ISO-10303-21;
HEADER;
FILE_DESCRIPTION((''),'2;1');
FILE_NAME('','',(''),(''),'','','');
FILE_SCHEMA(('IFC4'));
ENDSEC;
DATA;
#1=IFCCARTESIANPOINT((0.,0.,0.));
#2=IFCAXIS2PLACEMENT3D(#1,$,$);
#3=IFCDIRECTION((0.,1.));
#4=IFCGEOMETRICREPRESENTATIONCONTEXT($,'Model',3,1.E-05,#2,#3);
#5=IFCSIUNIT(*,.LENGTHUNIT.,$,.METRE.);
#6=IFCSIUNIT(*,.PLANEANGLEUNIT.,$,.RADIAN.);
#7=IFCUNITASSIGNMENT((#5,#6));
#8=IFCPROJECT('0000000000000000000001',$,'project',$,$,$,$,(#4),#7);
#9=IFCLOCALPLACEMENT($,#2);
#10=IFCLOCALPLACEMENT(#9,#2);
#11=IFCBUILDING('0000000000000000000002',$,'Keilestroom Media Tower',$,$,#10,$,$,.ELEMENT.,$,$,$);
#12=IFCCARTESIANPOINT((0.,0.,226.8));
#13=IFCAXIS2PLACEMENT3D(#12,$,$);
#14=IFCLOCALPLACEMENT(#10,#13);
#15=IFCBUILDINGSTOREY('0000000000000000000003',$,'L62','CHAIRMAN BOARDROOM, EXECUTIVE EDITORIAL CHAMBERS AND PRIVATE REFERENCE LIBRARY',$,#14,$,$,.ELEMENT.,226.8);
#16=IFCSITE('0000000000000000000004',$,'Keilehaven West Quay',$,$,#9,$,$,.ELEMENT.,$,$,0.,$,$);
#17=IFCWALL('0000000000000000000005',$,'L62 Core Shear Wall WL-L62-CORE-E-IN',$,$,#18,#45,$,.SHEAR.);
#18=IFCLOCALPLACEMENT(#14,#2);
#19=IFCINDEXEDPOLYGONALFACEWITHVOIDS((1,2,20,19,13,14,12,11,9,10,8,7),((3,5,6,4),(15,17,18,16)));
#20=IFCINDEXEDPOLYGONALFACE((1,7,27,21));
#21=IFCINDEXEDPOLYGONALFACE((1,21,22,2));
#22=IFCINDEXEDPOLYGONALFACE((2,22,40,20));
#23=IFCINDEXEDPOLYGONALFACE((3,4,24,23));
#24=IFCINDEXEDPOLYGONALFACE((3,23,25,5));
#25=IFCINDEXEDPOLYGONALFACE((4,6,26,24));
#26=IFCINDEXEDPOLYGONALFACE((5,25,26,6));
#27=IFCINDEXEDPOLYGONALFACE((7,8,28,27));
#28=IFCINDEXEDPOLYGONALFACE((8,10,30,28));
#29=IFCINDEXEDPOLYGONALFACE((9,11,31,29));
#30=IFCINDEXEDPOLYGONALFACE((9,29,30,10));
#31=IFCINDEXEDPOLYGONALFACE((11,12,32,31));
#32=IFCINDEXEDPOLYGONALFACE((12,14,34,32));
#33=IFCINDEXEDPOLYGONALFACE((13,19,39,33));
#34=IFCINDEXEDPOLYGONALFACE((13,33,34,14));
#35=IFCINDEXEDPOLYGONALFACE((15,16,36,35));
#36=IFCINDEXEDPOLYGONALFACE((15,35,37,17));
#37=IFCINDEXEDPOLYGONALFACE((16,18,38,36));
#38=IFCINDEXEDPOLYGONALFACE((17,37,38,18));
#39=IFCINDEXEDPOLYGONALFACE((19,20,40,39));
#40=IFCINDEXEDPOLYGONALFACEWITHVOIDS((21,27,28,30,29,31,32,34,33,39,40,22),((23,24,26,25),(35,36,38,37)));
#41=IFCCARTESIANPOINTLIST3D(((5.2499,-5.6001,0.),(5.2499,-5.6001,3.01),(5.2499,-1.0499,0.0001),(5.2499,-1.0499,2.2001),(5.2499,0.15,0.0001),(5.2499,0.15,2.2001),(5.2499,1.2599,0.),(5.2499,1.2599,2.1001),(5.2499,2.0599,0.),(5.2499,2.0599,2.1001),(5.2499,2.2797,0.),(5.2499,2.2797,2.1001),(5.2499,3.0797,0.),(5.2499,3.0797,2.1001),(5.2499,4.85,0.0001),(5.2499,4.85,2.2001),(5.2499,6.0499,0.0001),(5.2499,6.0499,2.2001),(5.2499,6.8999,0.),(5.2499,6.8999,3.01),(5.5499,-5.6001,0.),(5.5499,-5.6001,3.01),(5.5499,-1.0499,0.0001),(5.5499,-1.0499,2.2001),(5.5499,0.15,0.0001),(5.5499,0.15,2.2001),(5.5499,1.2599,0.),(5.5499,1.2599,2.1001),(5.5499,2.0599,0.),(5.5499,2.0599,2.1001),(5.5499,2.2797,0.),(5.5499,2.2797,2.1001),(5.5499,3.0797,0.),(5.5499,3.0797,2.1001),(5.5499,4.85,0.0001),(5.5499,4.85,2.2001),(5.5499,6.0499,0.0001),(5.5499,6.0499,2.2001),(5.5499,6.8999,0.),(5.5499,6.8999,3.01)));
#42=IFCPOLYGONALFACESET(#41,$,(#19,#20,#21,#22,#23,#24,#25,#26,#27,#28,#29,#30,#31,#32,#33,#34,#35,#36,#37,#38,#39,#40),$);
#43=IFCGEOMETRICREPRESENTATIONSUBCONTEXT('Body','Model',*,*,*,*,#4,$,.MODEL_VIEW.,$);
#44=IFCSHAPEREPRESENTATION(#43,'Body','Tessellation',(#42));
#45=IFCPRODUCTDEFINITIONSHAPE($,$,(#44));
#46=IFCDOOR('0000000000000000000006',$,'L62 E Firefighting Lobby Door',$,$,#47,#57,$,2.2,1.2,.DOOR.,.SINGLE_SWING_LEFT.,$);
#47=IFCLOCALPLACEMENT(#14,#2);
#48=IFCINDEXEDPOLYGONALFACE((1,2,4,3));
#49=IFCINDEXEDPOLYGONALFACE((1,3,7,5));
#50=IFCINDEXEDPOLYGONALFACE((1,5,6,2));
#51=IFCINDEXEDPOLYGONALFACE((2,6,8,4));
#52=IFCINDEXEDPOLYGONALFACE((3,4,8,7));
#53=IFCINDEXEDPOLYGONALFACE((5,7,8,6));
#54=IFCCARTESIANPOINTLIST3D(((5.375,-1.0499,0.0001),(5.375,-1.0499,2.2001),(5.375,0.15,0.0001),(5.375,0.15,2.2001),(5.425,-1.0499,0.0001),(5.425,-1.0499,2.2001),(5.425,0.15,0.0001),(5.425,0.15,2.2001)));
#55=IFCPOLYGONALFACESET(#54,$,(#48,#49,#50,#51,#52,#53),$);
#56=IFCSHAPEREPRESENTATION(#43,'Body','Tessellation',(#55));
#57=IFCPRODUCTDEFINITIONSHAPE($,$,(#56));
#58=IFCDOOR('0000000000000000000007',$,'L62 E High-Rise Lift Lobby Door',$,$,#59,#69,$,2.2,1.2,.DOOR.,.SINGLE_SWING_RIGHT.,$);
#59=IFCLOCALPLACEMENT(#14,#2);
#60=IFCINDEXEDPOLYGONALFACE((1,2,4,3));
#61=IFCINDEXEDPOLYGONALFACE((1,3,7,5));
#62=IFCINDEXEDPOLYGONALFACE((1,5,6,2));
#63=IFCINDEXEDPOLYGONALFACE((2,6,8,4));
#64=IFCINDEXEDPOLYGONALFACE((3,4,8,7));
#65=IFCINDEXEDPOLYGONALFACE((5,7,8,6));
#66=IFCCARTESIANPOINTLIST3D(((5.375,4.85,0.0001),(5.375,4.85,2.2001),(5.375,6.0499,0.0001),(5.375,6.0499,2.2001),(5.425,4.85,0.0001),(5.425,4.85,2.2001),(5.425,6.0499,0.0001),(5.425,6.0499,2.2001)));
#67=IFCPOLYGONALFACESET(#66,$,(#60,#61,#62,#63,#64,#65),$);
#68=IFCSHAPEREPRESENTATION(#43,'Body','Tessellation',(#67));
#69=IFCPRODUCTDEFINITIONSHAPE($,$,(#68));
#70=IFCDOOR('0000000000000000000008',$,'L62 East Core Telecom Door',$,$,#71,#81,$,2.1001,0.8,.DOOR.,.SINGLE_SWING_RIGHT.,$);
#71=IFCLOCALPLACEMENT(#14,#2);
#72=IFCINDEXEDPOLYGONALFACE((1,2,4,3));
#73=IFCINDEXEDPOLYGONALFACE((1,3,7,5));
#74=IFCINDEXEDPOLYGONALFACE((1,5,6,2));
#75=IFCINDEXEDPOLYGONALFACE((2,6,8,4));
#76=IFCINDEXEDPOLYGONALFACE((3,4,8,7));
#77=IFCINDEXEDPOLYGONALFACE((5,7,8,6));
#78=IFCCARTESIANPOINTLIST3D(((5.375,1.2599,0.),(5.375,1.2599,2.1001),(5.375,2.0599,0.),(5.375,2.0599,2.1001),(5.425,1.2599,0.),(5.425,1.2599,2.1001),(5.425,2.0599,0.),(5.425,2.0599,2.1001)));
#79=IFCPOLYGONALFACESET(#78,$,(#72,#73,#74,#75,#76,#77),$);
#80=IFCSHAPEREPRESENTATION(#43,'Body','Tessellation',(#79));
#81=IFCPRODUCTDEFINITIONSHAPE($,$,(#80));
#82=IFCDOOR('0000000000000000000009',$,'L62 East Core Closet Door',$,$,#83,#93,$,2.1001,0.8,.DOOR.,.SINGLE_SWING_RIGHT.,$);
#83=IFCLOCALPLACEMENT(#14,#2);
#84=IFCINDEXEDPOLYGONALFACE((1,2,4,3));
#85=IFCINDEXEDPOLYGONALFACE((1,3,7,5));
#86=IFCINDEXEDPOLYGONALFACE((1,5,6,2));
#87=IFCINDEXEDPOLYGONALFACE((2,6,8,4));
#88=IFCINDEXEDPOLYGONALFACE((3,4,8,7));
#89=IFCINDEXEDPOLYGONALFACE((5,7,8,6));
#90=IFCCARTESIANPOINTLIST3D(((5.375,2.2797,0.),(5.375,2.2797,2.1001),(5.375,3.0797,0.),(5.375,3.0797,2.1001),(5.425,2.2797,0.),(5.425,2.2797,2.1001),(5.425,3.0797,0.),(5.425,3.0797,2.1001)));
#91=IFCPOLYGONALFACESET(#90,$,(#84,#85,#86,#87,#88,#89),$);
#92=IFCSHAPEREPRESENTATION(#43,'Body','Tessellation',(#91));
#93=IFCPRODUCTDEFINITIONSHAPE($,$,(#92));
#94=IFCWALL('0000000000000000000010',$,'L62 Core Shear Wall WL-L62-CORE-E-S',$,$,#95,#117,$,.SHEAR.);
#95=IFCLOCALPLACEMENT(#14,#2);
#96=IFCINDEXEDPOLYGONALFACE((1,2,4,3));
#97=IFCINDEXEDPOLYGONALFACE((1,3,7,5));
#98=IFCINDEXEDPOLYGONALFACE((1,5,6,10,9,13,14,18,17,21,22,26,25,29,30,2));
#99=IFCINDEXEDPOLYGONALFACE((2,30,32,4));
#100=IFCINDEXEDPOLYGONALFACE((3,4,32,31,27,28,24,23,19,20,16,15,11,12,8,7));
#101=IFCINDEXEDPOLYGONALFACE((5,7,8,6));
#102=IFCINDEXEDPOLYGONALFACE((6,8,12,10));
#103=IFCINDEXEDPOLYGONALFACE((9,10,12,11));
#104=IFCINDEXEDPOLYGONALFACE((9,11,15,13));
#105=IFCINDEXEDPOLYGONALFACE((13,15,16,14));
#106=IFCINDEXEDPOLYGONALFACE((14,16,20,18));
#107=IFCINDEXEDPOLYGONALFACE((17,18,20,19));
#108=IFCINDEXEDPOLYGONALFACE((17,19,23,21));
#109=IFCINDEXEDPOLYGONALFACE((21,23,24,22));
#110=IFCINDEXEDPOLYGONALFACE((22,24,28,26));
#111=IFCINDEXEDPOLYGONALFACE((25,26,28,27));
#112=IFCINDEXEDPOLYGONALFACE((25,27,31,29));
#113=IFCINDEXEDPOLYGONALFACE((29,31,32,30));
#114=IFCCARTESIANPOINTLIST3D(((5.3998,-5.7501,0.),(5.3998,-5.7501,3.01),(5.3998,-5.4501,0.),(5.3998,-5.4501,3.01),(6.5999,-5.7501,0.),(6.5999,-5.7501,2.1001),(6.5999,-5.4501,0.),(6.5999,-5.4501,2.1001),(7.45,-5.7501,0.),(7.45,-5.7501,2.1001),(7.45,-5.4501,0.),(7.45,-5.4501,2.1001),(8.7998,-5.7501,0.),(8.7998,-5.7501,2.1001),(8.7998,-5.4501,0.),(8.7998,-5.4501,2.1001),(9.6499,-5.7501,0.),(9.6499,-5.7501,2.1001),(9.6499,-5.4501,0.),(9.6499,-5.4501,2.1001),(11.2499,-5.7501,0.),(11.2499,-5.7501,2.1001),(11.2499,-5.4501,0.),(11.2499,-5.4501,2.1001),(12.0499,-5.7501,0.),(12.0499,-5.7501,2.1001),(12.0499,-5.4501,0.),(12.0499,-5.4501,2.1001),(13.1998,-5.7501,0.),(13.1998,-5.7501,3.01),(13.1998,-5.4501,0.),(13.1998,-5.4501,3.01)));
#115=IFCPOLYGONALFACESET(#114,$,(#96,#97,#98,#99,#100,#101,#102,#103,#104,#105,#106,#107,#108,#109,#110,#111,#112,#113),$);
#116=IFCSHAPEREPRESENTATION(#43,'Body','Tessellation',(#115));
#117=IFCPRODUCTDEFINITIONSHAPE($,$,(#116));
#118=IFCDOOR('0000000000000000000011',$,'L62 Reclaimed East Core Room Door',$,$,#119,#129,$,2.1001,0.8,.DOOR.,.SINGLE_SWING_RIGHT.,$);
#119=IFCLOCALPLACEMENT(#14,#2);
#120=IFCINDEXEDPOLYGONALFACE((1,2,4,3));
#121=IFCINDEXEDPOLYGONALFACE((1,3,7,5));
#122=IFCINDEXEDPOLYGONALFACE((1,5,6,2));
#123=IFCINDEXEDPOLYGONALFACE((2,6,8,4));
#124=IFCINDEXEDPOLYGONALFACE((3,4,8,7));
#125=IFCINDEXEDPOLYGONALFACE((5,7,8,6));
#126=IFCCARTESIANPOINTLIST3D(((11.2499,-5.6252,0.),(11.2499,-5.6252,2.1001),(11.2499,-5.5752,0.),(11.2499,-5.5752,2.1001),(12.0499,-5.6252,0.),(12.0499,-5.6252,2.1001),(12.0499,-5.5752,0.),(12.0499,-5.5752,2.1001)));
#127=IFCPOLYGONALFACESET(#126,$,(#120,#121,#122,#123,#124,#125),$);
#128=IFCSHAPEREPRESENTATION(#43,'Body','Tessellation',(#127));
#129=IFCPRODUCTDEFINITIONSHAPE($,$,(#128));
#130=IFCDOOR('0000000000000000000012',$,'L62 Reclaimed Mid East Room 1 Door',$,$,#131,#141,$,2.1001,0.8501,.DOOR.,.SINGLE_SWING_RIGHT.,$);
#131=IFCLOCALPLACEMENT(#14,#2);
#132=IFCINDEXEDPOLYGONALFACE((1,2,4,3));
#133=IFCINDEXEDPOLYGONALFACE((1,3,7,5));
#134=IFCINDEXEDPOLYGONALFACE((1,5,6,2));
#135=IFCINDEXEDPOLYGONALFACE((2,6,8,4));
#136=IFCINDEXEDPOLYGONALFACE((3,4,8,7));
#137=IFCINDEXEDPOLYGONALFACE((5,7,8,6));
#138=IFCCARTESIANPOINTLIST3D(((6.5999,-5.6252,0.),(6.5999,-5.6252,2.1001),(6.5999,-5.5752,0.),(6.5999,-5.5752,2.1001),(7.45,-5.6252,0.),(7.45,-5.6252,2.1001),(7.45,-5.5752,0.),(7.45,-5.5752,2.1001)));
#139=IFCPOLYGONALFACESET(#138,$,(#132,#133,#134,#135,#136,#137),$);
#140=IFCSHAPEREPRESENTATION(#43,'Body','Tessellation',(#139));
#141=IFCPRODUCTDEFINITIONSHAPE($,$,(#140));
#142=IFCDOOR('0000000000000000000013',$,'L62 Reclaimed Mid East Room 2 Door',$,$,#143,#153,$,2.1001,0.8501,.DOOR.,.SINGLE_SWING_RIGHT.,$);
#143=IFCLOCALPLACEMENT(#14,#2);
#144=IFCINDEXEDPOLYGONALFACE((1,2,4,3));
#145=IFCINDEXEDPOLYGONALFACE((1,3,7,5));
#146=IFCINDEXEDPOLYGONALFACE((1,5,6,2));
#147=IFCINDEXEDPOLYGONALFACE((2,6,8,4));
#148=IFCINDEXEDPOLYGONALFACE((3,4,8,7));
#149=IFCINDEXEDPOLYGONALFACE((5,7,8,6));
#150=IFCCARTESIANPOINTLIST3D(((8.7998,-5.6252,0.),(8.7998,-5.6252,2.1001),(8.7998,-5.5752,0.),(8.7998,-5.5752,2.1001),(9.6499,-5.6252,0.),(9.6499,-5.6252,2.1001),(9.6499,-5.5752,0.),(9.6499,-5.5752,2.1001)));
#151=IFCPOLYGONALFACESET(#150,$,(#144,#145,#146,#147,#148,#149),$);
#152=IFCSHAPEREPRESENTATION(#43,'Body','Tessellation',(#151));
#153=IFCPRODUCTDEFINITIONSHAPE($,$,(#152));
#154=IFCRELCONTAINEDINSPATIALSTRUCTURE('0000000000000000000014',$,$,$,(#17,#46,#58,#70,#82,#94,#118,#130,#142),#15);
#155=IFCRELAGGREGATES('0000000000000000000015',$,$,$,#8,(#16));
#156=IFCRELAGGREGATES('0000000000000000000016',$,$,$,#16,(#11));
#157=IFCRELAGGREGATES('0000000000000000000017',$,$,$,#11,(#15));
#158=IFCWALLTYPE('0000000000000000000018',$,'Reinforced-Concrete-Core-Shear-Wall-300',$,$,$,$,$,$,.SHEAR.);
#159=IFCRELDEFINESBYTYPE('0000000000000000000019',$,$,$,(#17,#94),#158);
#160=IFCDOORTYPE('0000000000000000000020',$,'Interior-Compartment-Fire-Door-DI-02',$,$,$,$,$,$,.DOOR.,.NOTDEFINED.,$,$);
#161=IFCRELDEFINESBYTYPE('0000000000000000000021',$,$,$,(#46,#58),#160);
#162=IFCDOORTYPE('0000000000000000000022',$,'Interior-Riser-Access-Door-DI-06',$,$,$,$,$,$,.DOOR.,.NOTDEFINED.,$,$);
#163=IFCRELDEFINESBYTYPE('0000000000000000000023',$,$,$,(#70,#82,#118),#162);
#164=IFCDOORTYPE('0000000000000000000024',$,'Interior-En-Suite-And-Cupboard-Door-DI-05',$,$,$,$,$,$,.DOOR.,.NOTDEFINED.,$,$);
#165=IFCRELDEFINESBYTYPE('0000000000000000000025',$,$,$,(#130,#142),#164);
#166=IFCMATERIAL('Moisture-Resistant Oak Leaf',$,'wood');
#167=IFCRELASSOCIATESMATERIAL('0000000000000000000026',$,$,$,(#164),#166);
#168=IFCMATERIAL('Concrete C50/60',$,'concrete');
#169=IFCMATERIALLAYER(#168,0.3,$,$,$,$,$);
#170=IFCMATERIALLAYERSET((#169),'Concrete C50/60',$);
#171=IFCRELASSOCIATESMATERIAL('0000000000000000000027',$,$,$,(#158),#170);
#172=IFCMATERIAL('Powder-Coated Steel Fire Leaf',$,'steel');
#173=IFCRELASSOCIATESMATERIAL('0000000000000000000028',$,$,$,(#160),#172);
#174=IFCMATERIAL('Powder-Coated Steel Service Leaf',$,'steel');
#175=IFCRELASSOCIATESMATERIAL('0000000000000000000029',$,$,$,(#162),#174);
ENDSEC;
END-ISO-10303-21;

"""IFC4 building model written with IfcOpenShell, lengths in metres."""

from ifc_helpers import new_model, si_unit, direction, frame, frame_2d, origin, place, context, subcontext, project, spatial, rectangle, extrude, source, transform, mapped, material, layer, layer_set, type_object, element, fill, save


model = new_model("IFC4")

# Units and contexts
model_context = context("Model", 3, precision=1e-05, world=origin(), true_north=direction((0.0, 1.0)))
body_context = subcontext(model_context, "Body", "Model", "MODEL_VIEW")
ifc_project = project(units=[si_unit("LENGTHUNIT", "METRE"), si_unit("PLANEANGLEUNIT", "RADIAN")], contexts=[model_context])

# Site, building, storey
site_placement = place(None, origin())
site = spatial("IfcSite", under=ifc_project, at=site_placement, Name="Keilehaven West Quay", CompositionType="ELEMENT", RefElevation=0.0)
building_placement = place(site_placement, origin())
building = spatial("IfcBuilding", under=site, at=building_placement, Name="Keilestroom Media Tower", CompositionType="ELEMENT")
storey_placement = place(building_placement, frame((0.0, 0.0, 226.8)))
storey = spatial("IfcBuildingStorey", under=building, at=storey_placement, Name="L62", Description="CHAIRMAN BOARDROOM, EXECUTIVE EDITORIAL CHAMBERS AND PRIVATE REFERENCE LIBRARY", CompositionType="ELEMENT", Elevation=226.8)

# Shared definitions
ifc_material_1 = material(Name="Concrete C50/60", Category="concrete")

# Shared definitions
ifc_material_2 = material(Name="Moisture-Resistant Oak Leaf", Category="wood")
door_type_1 = type_object("IfcDoorType", Name="Interior-En-Suite-And-Cupboard-Door-DI-05", OperationType="NOTDEFINED", PredefinedType="DOOR", material=ifc_material_2)
shared_shape_1 = source(origin(), body_context, "Body", "SweptSolid", [
    extrude(rectangle(XDim=0.8501, YDim=2.1001, at=frame_2d((0.425, 1.05))), frame((0.0, 0.0249, 0.0), z_axis=(0.0, -1.0, 0.0), x_axis=(1.0, 0.0, 0.0)), (0.0, 0.0, 1.0), 0.05),
])

# Shared definitions
ifc_layer_1 = layer(ifc_material_1, 0.3)
ifc_layer_set_1 = layer_set([ifc_layer_1], Name="Concrete C50/60")
wall_type_1 = type_object("IfcWallType", Name="Reinforced-Concrete-Core-Shear-Wall-300", PredefinedType="SHEAR", material=ifc_layer_set_1)

# Walls, openings, doors
wall_1_placement = place(storey_placement, frame((5.3999, -5.6001, 0.0), z_axis=(0.0, 0.0, 1.0), x_axis=(0.0, 1.0, 0.0)))
wall_1 = element("IfcWall", 1, at=wall_1_placement, inside=storey, type_object=wall_type_1, Name="L62 Core Shear Wall WL-L62-CORE-E-IN", PredefinedType="SHEAR", context=body_context, shape_type="SweptSolid", body=[
    extrude(rectangle(XDim=12.5, YDim=0.3, at=frame_2d((6.25, 0.0))), origin(), (0.0, 0.0, 1.0), 3.01),
])
opening_1_placement = place(wall_1_placement, frame((4.55, 0.0, 0.0)))
opening_1 = element("IfcOpeningElement", 2, at=opening_1_placement, cuts=wall_1, PredefinedType="OPENING", context=body_context, shape_type="SweptSolid", body=[
    extrude(rectangle(XDim=1.2, YDim=2.2, at=frame_2d((0.6001, 1.1001))), frame((0.0, 0.1602, 0.0), z_axis=(0.0, -1.0, 0.0), x_axis=(1.0, 0.0, 0.0)), (0.0, 0.0, 1.0), 0.3201),
])
opening_2_placement = place(wall_1_placement, frame((10.45, 0.0, 0.0)))
opening_2 = element("IfcOpeningElement", 3, at=opening_2_placement, cuts=wall_1, PredefinedType="OPENING", context=body_context, shape_type="SweptSolid", body=[
    extrude(rectangle(XDim=1.2, YDim=2.2, at=frame_2d((0.6001, 1.1001))), frame((0.0, 0.1602, 0.0), z_axis=(0.0, -1.0, 0.0), x_axis=(1.0, 0.0, 0.0)), (0.0, 0.0, 1.0), 0.3201),
])
opening_3_placement = place(wall_1_placement, frame((6.8601, 0.0, 0.0)))
opening_3 = element("IfcOpeningElement", 4, at=opening_3_placement, cuts=wall_1, PredefinedType="OPENING", context=body_context, shape_type="SweptSolid", body=[
    extrude(rectangle(XDim=0.8, YDim=2.1001, at=frame_2d((0.3999, 1.05))), frame((0.0, 0.1602, 0.0), z_axis=(0.0, -1.0, 0.0), x_axis=(1.0, 0.0, 0.0)), (0.0, 0.0, 1.0), 0.3201),
])
opening_4_placement = place(wall_1_placement, frame((7.8799, 0.0, 0.0)))
opening_4 = element("IfcOpeningElement", 5, at=opening_4_placement, cuts=wall_1, PredefinedType="OPENING", context=body_context, shape_type="SweptSolid", body=[
    extrude(rectangle(XDim=0.8, YDim=2.1001, at=frame_2d((0.3999, 1.05))), frame((0.0, 0.1602, 0.0), z_axis=(0.0, -1.0, 0.0), x_axis=(1.0, 0.0, 0.0)), (0.0, 0.0, 1.0), 0.3201),
])
ifc_material_3 = material(Name="Powder-Coated Steel Fire Leaf", Category="steel")
door_type_2 = type_object("IfcDoorType", Name="Interior-Compartment-Fire-Door-DI-02", OperationType="NOTDEFINED", PredefinedType="DOOR", material=ifc_material_3)
shared_shape_2 = source(origin(), body_context, "Body", "SweptSolid", [
    extrude(rectangle(XDim=1.2, YDim=2.2, at=frame_2d((0.6001, 1.1001))), frame((0.0, 0.0249, 0.0), z_axis=(0.0, -1.0, 0.0), x_axis=(1.0, 0.0, 0.0)), (0.0, 0.0, 1.0), 0.05),
])
door_1_placement = place(opening_1_placement, origin())
door_1 = element("IfcDoor", 6, at=door_1_placement, inside=storey, type_object=door_type_2, Name="L62 E Firefighting Lobby Door", OperationType="SINGLE_SWING_LEFT", OverallHeight=2.2, OverallWidth=1.2, PredefinedType="DOOR", context=body_context, shape_type="MappedRepresentation", body=[
    mapped(shared_shape_2, transform((0.0, 0.0, 0.0), x_axis=(1.0, 0.0, 0.0), y_axis=(0.0, 1.0, 0.0), z_axis=(0.0, 0.0, 1.0), scale=1.0)),
])
fill(opening_1, door_1)
door_2_placement = place(opening_2_placement, origin())
door_2 = element("IfcDoor", 7, at=door_2_placement, inside=storey, type_object=door_type_2, Name="L62 E High-Rise Lift Lobby Door", OperationType="SINGLE_SWING_RIGHT", OverallHeight=2.2, OverallWidth=1.2, PredefinedType="DOOR", context=body_context, shape_type="MappedRepresentation", body=[
    mapped(shared_shape_2, transform((0.0, 0.0, 0.0), x_axis=(1.0, 0.0, 0.0), y_axis=(0.0, 1.0, 0.0), z_axis=(0.0, 0.0, 1.0), scale=1.0)),
])
fill(opening_2, door_2)
ifc_material_4 = material(Name="Powder-Coated Steel Service Leaf", Category="steel")
door_type_3 = type_object("IfcDoorType", Name="Interior-Riser-Access-Door-DI-06", OperationType="NOTDEFINED", PredefinedType="DOOR", material=ifc_material_4)
shared_shape_3 = source(origin(), body_context, "Body", "SweptSolid", [
    extrude(rectangle(XDim=0.8, YDim=2.1001, at=frame_2d((0.3999, 1.05))), frame((0.0, 0.0249, 0.0), z_axis=(0.0, -1.0, 0.0), x_axis=(1.0, 0.0, 0.0)), (0.0, 0.0, 1.0), 0.05),
])
door_3_placement = place(opening_3_placement, origin())
door_3 = element("IfcDoor", 8, at=door_3_placement, inside=storey, type_object=door_type_3, Name="L62 East Core Telecom Door", OperationType="SINGLE_SWING_RIGHT", OverallHeight=2.1001, OverallWidth=0.8, PredefinedType="DOOR", context=body_context, shape_type="MappedRepresentation", body=[
    mapped(shared_shape_3, transform((0.0, 0.0, 0.0), x_axis=(1.0, 0.0, 0.0), y_axis=(0.0, 1.0, 0.0), z_axis=(0.0, 0.0, 1.0), scale=1.0)),
])
fill(opening_3, door_3)
door_4_placement = place(opening_4_placement, origin())
door_4 = element("IfcDoor", 9, at=door_4_placement, inside=storey, type_object=door_type_3, Name="L62 East Core Closet Door", OperationType="SINGLE_SWING_RIGHT", OverallHeight=2.1001, OverallWidth=0.8, PredefinedType="DOOR", context=body_context, shape_type="MappedRepresentation", body=[
    mapped(shared_shape_3, transform((0.0, 0.0, 0.0), x_axis=(1.0, 0.0, 0.0), y_axis=(0.0, 1.0, 0.0), z_axis=(0.0, 0.0, 1.0), scale=1.0)),
])
fill(opening_4, door_4)
wall_2_placement = place(storey_placement, frame((5.3999, -5.6001, 0.0), z_axis=(0.0, 0.0, 1.0), x_axis=(1.0, 0.0, 0.0)))
wall_2 = element("IfcWall", 10, at=wall_2_placement, inside=storey, type_object=wall_type_1, Name="L62 Core Shear Wall WL-L62-CORE-E-S", PredefinedType="SHEAR", context=body_context, shape_type="SweptSolid", body=[
    extrude(rectangle(XDim=7.8, YDim=0.3, at=frame_2d((3.8999, 0.0))), origin(), (0.0, 0.0, 1.0), 3.01),
])
opening_5_placement = place(wall_2_placement, frame((5.8501, 0.0, 0.0)))
opening_5 = element("IfcOpeningElement", 11, at=opening_5_placement, cuts=wall_2, PredefinedType="OPENING", context=body_context, shape_type="SweptSolid", body=[
    extrude(rectangle(XDim=0.8, YDim=2.1001, at=frame_2d((0.3999, 1.05))), frame((0.0, 0.1602, 0.0), z_axis=(0.0, -1.0, 0.0), x_axis=(1.0, 0.0, 0.0)), (0.0, 0.0, 1.0), 0.3201),
])
opening_6_placement = place(wall_2_placement, frame((1.2, 0.0, 0.0)))
opening_6 = element("IfcOpeningElement", 12, at=opening_6_placement, cuts=wall_2, PredefinedType="OPENING", context=body_context, shape_type="SweptSolid", body=[
    extrude(rectangle(XDim=0.8501, YDim=2.1001, at=frame_2d((0.425, 1.05))), frame((0.0, 0.1602, 0.0), z_axis=(0.0, -1.0, 0.0), x_axis=(1.0, 0.0, 0.0)), (0.0, 0.0, 1.0), 0.3201),
])
opening_7_placement = place(wall_2_placement, frame((3.3999, 0.0, 0.0)))
opening_7 = element("IfcOpeningElement", 13, at=opening_7_placement, cuts=wall_2, PredefinedType="OPENING", context=body_context, shape_type="SweptSolid", body=[
    extrude(rectangle(XDim=0.8501, YDim=2.1001, at=frame_2d((0.425, 1.05))), frame((0.0, 0.1602, 0.0), z_axis=(0.0, -1.0, 0.0), x_axis=(1.0, 0.0, 0.0)), (0.0, 0.0, 1.0), 0.3201),
])
door_5_placement = place(opening_5_placement, origin())
door_5 = element("IfcDoor", 14, at=door_5_placement, inside=storey, type_object=door_type_3, Name="L62 Reclaimed East Core Room Door", OperationType="SINGLE_SWING_RIGHT", OverallHeight=2.1001, OverallWidth=0.8, PredefinedType="DOOR", context=body_context, shape_type="MappedRepresentation", body=[
    mapped(shared_shape_3, transform((0.0, 0.0, 0.0), x_axis=(1.0, 0.0, 0.0), y_axis=(0.0, 1.0, 0.0), z_axis=(0.0, 0.0, 1.0), scale=1.0)),
])
fill(opening_5, door_5)
door_6_placement = place(opening_6_placement, origin())
door_6 = element("IfcDoor", 15, at=door_6_placement, inside=storey, type_object=door_type_1, Name="L62 Reclaimed Mid East Room 1 Door", OperationType="SINGLE_SWING_RIGHT", OverallHeight=2.1001, OverallWidth=0.8501, PredefinedType="DOOR", context=body_context, shape_type="MappedRepresentation", body=[
    mapped(shared_shape_1, transform((0.0, 0.0, 0.0), x_axis=(1.0, 0.0, 0.0), y_axis=(0.0, 1.0, 0.0), z_axis=(0.0, 0.0, 1.0), scale=1.0)),
])
fill(opening_6, door_6)
door_7_placement = place(opening_7_placement, origin())
door_7 = element("IfcDoor", 16, at=door_7_placement, inside=storey, type_object=door_type_1, Name="L62 Reclaimed Mid East Room 2 Door", OperationType="SINGLE_SWING_RIGHT", OverallHeight=2.1001, OverallWidth=0.8501, PredefinedType="DOOR", context=body_context, shape_type="MappedRepresentation", body=[
    mapped(shared_shape_1, transform((0.0, 0.0, 0.0), x_axis=(1.0, 0.0, 0.0), y_axis=(0.0, 1.0, 0.0), z_axis=(0.0, 0.0, 1.0), scale=1.0)),
])
fill(opening_7, door_7)

save(model, "model.ifc")
